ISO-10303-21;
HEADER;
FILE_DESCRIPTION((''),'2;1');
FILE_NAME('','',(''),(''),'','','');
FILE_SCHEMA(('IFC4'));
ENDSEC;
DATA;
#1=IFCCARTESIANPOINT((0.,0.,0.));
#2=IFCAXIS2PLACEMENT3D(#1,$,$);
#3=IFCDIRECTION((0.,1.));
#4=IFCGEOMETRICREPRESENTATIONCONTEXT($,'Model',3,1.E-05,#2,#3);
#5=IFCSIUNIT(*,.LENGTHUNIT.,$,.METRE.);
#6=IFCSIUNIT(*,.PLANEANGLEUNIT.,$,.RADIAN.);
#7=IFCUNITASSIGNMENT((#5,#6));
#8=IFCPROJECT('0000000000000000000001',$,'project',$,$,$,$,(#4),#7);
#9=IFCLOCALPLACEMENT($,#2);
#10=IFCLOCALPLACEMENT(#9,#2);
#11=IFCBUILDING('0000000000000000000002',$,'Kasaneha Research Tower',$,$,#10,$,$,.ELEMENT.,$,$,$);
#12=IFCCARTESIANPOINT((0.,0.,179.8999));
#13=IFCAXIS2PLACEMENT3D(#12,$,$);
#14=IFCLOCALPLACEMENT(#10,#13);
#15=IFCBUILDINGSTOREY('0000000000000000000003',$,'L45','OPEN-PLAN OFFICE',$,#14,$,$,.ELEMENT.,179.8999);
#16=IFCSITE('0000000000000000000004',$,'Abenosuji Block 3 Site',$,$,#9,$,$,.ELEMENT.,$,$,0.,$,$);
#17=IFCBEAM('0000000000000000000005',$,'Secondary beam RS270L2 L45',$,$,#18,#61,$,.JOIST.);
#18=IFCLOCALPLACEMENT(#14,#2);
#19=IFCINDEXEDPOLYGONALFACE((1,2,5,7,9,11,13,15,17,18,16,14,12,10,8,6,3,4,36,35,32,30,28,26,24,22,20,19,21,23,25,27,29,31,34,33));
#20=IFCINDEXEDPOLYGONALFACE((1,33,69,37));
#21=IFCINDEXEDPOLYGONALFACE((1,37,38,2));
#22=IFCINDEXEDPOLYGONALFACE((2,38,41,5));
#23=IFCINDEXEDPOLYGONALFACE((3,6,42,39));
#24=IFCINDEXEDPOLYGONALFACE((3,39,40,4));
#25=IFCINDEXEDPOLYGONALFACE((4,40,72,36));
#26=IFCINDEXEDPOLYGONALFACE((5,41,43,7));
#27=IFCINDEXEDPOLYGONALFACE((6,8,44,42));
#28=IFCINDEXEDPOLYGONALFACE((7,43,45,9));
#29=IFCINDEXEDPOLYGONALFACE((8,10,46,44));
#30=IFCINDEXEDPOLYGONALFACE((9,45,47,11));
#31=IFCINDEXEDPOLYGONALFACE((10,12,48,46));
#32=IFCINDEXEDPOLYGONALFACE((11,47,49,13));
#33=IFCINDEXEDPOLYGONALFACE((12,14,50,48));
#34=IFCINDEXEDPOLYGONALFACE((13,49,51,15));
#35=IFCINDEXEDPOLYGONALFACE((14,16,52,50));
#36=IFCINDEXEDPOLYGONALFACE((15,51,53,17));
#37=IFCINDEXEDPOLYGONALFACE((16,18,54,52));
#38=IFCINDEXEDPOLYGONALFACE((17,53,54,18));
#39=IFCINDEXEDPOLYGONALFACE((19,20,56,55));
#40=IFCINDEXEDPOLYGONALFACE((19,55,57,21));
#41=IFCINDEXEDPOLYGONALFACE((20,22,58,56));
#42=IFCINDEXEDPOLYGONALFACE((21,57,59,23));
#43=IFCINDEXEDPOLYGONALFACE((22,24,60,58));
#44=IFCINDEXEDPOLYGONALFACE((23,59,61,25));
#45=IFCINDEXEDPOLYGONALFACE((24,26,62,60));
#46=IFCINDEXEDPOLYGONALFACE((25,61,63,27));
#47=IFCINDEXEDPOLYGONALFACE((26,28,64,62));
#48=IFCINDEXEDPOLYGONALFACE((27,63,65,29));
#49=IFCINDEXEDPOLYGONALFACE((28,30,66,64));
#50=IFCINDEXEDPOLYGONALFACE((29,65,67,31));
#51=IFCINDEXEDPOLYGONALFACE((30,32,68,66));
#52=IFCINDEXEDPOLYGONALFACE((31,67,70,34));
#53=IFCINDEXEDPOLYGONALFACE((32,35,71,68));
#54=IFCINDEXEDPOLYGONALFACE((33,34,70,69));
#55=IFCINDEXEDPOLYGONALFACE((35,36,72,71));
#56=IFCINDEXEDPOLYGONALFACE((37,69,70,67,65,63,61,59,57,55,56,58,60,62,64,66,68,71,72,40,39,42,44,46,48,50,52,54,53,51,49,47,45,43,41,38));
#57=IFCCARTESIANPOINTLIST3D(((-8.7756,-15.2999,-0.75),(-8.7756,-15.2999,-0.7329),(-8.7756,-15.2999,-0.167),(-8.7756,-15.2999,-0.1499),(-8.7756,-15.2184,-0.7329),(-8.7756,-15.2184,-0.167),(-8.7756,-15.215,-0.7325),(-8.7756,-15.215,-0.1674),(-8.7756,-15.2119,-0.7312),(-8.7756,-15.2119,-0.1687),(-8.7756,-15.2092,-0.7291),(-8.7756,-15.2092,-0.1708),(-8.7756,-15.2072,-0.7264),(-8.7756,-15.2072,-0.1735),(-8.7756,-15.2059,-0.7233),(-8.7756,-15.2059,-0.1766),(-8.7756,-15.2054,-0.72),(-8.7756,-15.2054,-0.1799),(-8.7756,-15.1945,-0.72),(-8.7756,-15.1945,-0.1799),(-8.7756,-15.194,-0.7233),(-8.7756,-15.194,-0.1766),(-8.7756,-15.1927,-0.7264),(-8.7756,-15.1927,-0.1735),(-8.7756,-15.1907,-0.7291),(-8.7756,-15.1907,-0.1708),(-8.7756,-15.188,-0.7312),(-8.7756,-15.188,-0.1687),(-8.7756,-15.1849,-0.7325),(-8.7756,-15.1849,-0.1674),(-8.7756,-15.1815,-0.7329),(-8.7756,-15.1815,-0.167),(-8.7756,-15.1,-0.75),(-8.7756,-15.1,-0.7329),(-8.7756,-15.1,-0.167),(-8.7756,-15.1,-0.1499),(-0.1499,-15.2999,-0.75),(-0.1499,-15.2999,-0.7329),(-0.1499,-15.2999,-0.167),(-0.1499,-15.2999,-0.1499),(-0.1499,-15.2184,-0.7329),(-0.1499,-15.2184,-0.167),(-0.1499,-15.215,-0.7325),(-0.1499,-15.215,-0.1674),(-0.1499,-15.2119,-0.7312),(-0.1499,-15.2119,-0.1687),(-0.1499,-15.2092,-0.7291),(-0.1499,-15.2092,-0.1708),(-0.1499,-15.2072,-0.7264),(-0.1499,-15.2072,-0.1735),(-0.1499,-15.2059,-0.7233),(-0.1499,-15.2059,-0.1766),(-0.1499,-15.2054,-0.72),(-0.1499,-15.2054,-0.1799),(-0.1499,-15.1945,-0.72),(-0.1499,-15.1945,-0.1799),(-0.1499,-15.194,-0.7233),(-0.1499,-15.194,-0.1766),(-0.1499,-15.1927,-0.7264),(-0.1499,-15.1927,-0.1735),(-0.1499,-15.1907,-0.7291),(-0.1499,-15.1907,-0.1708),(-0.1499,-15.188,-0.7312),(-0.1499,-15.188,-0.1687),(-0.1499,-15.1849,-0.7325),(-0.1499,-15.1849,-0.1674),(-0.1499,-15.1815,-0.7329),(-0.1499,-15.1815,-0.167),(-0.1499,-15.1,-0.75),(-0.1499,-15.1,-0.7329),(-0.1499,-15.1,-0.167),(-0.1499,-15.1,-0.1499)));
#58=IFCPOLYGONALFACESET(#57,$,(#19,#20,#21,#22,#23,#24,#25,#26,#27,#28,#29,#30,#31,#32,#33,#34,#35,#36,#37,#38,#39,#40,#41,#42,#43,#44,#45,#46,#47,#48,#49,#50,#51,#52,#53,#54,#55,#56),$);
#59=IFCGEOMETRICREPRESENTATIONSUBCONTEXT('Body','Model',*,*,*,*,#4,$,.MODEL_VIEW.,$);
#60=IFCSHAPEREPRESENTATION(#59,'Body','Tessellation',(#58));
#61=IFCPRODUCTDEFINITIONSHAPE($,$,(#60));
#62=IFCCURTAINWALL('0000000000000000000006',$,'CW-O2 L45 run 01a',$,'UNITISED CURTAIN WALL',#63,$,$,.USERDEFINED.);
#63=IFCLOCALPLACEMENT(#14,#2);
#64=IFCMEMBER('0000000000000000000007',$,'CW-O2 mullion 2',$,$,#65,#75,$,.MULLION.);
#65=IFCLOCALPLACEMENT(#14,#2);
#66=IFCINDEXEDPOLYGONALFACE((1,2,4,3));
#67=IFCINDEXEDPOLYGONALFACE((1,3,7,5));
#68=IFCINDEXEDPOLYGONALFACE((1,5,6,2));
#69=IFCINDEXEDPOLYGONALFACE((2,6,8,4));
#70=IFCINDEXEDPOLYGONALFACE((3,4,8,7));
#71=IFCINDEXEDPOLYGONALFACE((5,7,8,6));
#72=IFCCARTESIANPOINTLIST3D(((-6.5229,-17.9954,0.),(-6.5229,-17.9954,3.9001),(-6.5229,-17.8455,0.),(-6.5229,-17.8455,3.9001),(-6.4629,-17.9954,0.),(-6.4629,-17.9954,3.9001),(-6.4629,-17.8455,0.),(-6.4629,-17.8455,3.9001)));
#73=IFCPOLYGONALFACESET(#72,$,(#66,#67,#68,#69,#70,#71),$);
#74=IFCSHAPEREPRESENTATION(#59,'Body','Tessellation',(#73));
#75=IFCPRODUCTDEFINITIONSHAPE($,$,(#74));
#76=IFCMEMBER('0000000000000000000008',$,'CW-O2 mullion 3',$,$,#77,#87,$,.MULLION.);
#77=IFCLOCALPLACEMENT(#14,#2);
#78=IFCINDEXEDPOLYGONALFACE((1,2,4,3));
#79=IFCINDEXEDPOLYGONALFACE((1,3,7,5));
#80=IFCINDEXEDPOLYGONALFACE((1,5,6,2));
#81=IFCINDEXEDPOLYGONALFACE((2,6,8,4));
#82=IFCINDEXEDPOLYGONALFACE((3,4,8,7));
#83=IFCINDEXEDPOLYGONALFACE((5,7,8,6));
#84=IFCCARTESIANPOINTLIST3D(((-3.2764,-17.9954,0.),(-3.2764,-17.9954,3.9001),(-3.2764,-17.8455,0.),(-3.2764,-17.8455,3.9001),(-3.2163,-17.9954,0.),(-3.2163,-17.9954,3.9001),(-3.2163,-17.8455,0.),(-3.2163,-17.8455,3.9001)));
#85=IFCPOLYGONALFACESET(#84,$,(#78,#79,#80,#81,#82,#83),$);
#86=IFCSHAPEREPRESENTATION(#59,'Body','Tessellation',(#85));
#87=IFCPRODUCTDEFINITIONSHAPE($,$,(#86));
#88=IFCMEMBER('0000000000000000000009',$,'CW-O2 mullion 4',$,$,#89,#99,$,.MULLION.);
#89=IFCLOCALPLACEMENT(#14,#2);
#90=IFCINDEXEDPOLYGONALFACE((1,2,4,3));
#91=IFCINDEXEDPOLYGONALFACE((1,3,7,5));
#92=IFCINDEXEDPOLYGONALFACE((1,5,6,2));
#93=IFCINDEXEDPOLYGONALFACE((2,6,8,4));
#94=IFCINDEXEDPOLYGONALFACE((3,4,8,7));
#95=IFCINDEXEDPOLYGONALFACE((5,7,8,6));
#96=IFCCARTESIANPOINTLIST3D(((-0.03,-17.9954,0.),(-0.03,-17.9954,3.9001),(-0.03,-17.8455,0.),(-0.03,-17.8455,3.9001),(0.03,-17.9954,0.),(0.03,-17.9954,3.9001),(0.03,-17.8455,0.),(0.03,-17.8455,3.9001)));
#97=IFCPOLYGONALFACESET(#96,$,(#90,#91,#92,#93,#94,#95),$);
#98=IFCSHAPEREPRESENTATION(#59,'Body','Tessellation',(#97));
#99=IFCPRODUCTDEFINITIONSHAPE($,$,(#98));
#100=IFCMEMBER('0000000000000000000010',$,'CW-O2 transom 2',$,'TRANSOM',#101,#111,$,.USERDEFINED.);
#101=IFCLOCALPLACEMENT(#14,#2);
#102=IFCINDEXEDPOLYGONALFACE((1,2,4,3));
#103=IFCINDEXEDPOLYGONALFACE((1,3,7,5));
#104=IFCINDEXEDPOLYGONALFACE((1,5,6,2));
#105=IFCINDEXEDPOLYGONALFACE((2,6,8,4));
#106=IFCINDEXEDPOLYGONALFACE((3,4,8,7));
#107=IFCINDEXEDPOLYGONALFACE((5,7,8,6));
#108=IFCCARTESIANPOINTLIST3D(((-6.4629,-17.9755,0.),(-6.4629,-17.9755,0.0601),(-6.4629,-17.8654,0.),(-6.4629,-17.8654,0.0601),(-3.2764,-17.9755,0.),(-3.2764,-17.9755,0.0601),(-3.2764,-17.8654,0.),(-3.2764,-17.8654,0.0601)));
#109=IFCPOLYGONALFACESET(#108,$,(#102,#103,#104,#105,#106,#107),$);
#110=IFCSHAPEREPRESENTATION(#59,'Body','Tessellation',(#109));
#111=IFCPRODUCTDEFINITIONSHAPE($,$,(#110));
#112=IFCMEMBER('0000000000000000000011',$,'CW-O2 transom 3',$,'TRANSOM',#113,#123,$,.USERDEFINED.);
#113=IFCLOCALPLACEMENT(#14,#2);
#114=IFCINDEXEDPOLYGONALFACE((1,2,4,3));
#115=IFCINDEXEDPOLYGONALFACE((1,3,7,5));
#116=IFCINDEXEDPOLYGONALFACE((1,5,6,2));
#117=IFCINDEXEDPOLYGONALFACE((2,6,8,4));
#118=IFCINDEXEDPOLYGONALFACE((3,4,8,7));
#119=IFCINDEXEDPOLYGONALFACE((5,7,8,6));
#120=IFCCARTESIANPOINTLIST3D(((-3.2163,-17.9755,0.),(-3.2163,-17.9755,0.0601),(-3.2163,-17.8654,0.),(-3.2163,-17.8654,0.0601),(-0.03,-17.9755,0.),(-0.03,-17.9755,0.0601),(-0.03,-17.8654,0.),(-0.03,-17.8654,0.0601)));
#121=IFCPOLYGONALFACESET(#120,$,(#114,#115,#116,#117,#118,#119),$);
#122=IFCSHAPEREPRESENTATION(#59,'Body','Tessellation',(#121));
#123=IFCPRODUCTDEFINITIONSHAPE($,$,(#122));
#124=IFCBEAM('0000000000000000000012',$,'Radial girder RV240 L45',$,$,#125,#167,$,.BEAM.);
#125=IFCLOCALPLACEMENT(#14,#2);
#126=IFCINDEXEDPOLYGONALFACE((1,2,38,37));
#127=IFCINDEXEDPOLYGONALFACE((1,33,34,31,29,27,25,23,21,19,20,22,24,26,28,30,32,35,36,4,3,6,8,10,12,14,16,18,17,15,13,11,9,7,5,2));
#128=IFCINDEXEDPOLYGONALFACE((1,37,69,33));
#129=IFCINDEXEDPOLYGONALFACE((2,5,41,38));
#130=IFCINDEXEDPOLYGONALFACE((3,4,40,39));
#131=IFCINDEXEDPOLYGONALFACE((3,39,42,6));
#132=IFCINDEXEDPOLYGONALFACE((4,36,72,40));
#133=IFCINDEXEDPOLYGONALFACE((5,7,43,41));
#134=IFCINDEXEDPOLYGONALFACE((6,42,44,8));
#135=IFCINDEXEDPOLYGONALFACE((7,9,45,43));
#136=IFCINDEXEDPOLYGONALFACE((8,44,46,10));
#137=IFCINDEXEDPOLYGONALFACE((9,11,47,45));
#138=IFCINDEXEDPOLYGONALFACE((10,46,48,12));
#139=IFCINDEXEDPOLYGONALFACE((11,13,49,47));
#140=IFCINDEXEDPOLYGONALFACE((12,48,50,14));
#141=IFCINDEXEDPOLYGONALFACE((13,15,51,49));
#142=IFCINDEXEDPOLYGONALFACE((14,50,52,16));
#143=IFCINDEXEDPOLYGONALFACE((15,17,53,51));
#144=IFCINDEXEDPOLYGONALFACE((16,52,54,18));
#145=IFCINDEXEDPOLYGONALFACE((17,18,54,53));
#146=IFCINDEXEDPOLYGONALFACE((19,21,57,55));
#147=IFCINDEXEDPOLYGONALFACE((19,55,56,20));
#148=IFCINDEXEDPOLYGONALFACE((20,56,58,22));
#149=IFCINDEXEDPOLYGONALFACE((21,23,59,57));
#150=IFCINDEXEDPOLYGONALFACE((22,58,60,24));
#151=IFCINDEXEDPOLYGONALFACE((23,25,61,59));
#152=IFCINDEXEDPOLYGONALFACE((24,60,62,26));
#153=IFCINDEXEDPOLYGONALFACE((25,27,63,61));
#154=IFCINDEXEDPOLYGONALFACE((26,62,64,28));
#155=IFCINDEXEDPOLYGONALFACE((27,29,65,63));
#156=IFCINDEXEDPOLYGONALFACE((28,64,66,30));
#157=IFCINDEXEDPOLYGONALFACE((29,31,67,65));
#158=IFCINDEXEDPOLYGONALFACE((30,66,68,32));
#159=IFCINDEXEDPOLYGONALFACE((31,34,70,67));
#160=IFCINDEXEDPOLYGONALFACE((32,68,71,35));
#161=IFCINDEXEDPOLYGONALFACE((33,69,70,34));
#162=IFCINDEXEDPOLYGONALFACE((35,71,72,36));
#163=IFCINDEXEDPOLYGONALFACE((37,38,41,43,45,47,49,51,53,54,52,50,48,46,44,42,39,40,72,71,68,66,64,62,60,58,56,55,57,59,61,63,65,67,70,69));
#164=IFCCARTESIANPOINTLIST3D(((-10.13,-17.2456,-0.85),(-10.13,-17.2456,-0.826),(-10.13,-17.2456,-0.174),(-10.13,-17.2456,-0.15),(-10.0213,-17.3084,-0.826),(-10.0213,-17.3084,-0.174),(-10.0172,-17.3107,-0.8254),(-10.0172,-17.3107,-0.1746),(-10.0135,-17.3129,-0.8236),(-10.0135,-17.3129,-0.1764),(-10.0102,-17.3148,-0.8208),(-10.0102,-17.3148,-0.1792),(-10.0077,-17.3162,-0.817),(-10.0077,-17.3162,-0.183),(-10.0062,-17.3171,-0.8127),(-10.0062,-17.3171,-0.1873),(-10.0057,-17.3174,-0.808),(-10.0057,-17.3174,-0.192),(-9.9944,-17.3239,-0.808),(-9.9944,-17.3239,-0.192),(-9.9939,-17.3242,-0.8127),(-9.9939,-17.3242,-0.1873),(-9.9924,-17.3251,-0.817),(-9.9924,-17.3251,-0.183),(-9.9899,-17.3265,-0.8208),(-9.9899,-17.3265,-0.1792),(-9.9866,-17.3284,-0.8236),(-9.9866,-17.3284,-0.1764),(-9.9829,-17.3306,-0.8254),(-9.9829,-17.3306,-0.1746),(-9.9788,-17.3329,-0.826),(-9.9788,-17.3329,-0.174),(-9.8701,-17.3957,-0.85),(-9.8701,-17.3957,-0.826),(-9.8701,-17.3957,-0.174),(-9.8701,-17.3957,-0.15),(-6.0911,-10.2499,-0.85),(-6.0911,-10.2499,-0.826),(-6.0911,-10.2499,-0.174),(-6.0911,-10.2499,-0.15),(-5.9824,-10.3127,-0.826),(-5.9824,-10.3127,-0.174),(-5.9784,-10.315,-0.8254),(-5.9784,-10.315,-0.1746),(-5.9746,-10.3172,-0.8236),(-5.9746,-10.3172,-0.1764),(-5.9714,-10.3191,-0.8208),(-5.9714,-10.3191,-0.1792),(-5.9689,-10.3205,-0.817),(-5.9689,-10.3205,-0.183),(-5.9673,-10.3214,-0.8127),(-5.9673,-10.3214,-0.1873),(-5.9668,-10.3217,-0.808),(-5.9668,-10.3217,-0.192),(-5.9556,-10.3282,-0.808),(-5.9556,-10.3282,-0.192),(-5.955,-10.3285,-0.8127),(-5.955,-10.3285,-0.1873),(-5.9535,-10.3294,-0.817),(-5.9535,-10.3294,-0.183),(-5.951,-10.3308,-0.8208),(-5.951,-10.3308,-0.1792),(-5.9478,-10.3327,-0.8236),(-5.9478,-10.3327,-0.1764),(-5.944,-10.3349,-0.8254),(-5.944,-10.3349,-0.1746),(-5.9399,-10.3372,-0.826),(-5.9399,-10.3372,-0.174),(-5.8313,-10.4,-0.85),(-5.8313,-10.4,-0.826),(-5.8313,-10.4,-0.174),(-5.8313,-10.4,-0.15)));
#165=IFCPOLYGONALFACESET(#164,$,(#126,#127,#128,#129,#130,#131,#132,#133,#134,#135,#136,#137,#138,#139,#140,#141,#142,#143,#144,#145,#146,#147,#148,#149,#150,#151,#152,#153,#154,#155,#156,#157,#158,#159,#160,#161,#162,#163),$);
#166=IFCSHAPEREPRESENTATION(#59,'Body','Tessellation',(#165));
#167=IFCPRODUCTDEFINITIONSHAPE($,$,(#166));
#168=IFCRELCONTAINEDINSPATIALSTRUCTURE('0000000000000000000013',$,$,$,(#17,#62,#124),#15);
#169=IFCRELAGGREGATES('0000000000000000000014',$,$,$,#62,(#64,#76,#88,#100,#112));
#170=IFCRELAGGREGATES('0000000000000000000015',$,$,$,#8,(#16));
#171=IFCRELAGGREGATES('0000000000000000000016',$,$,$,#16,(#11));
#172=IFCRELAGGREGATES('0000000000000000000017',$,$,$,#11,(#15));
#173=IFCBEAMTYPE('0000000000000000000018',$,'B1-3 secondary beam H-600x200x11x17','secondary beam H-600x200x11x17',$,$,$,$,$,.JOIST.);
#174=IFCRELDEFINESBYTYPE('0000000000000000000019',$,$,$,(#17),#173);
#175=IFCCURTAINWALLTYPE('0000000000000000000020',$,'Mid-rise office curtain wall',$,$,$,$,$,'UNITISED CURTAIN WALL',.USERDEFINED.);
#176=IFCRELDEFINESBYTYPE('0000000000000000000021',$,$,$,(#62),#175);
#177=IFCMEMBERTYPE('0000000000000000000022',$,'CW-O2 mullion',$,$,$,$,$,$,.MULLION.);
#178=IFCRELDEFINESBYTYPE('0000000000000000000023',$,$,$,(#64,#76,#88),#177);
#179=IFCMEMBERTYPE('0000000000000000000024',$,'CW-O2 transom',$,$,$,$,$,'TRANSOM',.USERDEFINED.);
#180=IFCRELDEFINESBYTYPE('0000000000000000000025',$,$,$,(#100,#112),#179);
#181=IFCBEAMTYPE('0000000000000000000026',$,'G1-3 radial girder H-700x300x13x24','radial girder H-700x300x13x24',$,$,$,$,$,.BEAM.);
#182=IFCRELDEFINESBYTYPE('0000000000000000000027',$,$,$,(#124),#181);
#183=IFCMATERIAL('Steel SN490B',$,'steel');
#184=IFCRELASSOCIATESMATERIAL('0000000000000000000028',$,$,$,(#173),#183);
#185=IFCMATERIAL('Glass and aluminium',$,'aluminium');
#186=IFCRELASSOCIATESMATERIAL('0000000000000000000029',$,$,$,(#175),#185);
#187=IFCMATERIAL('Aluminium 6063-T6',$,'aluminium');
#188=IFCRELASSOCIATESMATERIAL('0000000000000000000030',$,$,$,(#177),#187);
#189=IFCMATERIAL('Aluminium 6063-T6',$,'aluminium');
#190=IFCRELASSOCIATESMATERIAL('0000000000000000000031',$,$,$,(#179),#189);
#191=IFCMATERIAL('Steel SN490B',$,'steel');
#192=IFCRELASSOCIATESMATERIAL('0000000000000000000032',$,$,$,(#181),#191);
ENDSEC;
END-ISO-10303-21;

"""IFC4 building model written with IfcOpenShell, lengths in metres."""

from ifc_helpers import new_model, si_unit, direction, frame, origin, origin_2d, place, context, subcontext, project, spatial, rectangle, i_section, extrude, material, material_profile, profile_set, type_object, element, aggregate, save


model = new_model("IFC4")

# Units and contexts
model_context = context("Model", 3, precision=1e-05, world=origin(), true_north=direction((0.0, 1.0)))
body_context = subcontext(model_context, "Body", "Model", "MODEL_VIEW")
ifc_project = project(units=[si_unit("LENGTHUNIT", "METRE"), si_unit("PLANEANGLEUNIT", "RADIAN")], contexts=[model_context])

# Site, building, storey
site_placement = place(None, origin())
site = spatial("IfcSite", under=ifc_project, at=site_placement, Name="Abenosuji Block 3 Site", CompositionType="ELEMENT", RefElevation=0.0)
building_placement = place(site_placement, origin())
building = spatial("IfcBuilding", under=site, at=building_placement, Name="Kasaneha Research Tower", CompositionType="ELEMENT")
storey_placement = place(building_placement, frame((0.0, 0.0, 179.8999)))
storey = spatial("IfcBuildingStorey", under=building, at=storey_placement, Name="L45", Description="OPEN-PLAN OFFICE", CompositionType="ELEMENT", Elevation=179.8999)

# Beam
ifc_material_1 = material(Name="Steel SN490B", Category="steel")
ifc_material_profile_1 = material_profile(ifc_material_1, i_section(OverallWidth=0.2, OverallDepth=0.6001, WebThickness=0.011, FlangeThickness=0.0171, FilletRadius=0.0129, at=origin_2d()), Name="H-600x200x11x17")
ifc_profile_set_1 = profile_set([ifc_material_profile_1], Name="Steel SN490B")
beam_type_1 = type_object("IfcBeamType", Name="B1-3 secondary beam H-600x200x11x17", Description="secondary beam H-600x200x11x17", PredefinedType="JOIST", material=ifc_profile_set_1)
beam_1_placement = place(storey_placement, frame((-8.7756, -15.2, -0.45), z_axis=(1.0, 0.0, 0.0), x_axis=(0.0, 1.0, 0.0)))
element("IfcBeam", 1, at=beam_1_placement, inside=storey, type_object=beam_type_1, Name="Secondary beam RS270L2 L45", PredefinedType="JOIST", context=body_context, shape_type="SweptSolid", body=[
    extrude(i_section(OverallWidth=0.2, OverallDepth=0.6001, WebThickness=0.011, FlangeThickness=0.0171, FilletRadius=0.0129, at=origin_2d()), origin(), (0.0, 0.0, 1.0), 8.6257),
])

# Curtain wall, members
ifc_material_2 = material(Name="Glass and aluminium", Category="aluminium")
curtain_wall_type = type_object("IfcCurtainWallType", Name="Mid-rise office curtain wall", ElementType="UNITISED CURTAIN WALL", PredefinedType="USERDEFINED", material=ifc_material_2)
curtain_wall_placement = place(storey_placement, origin())
curtain_wall = element("IfcCurtainWall", 2, at=curtain_wall_placement, inside=storey, type_object=curtain_wall_type, Name="CW-O2 L45 run 01a", ObjectType="UNITISED CURTAIN WALL", PredefinedType="USERDEFINED")
ifc_material_3 = material(Name="Aluminium 6063-T6", Category="aluminium")
ifc_material_profile_2 = material_profile(ifc_material_3, rectangle(XDim=0.0601, YDim=0.1499, at=origin_2d()), Name="CW-O2 mullion 60x150")
ifc_profile_set_2 = profile_set([ifc_material_profile_2], Name="Aluminium 6063-T6")
member_type_1 = type_object("IfcMemberType", Name="CW-O2 mullion", PredefinedType="MULLION", material=ifc_profile_set_2)
member_1_placement = place(storey_placement, frame((-6.4929, -17.9204, 0.0), z_axis=(0.0, 0.0, 1.0), x_axis=(1.0, 0.0, 0.0)))
member_1 = element("IfcMember", 3, at=member_1_placement, type_object=member_type_1, Name="CW-O2 mullion 2", PredefinedType="MULLION", context=body_context, shape_type="SweptSolid", body=[
    extrude(rectangle(XDim=0.0601, YDim=0.1499, at=origin_2d()), origin(), (0.0, 0.0, 1.0), 3.9001),
])
member_2_placement = place(storey_placement, frame((-3.2463, -17.9204, 0.0), z_axis=(0.0, 0.0, 1.0), x_axis=(1.0, 0.0, 0.0)))
member_2 = element("IfcMember", 4, at=member_2_placement, type_object=member_type_1, Name="CW-O2 mullion 3", PredefinedType="MULLION", context=body_context, shape_type="SweptSolid", body=[
    extrude(rectangle(XDim=0.0601, YDim=0.1499, at=origin_2d()), origin(), (0.0, 0.0, 1.0), 3.9001),
])
member_3_placement = place(storey_placement, frame((0.0, -17.9204, 0.0), z_axis=(0.0, 0.0, 1.0), x_axis=(1.0, 0.0, 0.0)))
member_3 = element("IfcMember", 5, at=member_3_placement, type_object=member_type_1, Name="CW-O2 mullion 4", PredefinedType="MULLION", context=body_context, shape_type="SweptSolid", body=[
    extrude(rectangle(XDim=0.0601, YDim=0.1499, at=origin_2d()), origin(), (0.0, 0.0, 1.0), 3.9001),
])
ifc_material_4 = material(Name="Aluminium 6063-T6", Category="aluminium")
ifc_material_profile_3 = material_profile(ifc_material_4, rectangle(XDim=0.1101, YDim=0.0601, at=origin_2d()), Name="CW-O2 transom 110x60")
ifc_profile_set_3 = profile_set([ifc_material_profile_3], Name="Aluminium 6063-T6")
member_type_2 = type_object("IfcMemberType", Name="CW-O2 transom", ElementType="TRANSOM", PredefinedType="USERDEFINED", material=ifc_profile_set_3)
member_4_placement = place(storey_placement, frame((-6.4629, -17.9204, 0.03), z_axis=(1.0, 0.0, 0.0), x_axis=(0.0, 1.0, 0.0)))
member_4 = element("IfcMember", 6, at=member_4_placement, type_object=member_type_2, Name="CW-O2 transom 2", ObjectType="TRANSOM", PredefinedType="USERDEFINED", context=body_context, shape_type="SweptSolid", body=[
    extrude(rectangle(XDim=0.1101, YDim=0.0601, at=origin_2d()), origin(), (0.0, 0.0, 1.0), 3.1865),
])
member_5_placement = place(storey_placement, frame((-3.2163, -17.9204, 0.03), z_axis=(1.0, 0.0, 0.0), x_axis=(0.0, 1.0, 0.0)))
member_5 = element("IfcMember", 7, at=member_5_placement, type_object=member_type_2, Name="CW-O2 transom 3", ObjectType="TRANSOM", PredefinedType="USERDEFINED", context=body_context, shape_type="SweptSolid", body=[
    extrude(rectangle(XDim=0.1101, YDim=0.0601, at=origin_2d()), origin(), (0.0, 0.0, 1.0), 3.1863),
])

# Beam
ifc_material_5 = material(Name="Steel SN490B", Category="steel")
ifc_material_profile_4 = material_profile(ifc_material_5, i_section(OverallWidth=0.3, OverallDepth=0.7, WebThickness=0.0129, FlangeThickness=0.0239, FilletRadius=0.0181, at=origin_2d()), Name="H-700x300x13x24")
ifc_profile_set_4 = profile_set([ifc_material_profile_4], Name="Steel SN490B")
beam_type_2 = type_object("IfcBeamType", Name="G1-3 radial girder H-700x300x13x24", Description="radial girder H-700x300x13x24", PredefinedType="BEAM", material=ifc_profile_set_4)
beam_2_placement = place(storey_placement, frame((-5.9612, -10.325, -0.5), z_axis=(-0.499991, -0.866031, 0.0), x_axis=(0.866031, -0.499991, 0.0)))
element("IfcBeam", 8, at=beam_2_placement, inside=storey, type_object=beam_type_2, Name="Radial girder RV240 L45", PredefinedType="BEAM", context=body_context, shape_type="SweptSolid", body=[
    extrude(i_section(OverallWidth=0.3, OverallDepth=0.7, WebThickness=0.0129, FlangeThickness=0.0239, FilletRadius=0.0181, at=origin_2d()), origin(), (0.0, 0.0, 1.0), 8.0779),
])

aggregate(curtain_wall, [member_1, member_2, member_3, member_4, member_5])

save(model, "model.ifc")
